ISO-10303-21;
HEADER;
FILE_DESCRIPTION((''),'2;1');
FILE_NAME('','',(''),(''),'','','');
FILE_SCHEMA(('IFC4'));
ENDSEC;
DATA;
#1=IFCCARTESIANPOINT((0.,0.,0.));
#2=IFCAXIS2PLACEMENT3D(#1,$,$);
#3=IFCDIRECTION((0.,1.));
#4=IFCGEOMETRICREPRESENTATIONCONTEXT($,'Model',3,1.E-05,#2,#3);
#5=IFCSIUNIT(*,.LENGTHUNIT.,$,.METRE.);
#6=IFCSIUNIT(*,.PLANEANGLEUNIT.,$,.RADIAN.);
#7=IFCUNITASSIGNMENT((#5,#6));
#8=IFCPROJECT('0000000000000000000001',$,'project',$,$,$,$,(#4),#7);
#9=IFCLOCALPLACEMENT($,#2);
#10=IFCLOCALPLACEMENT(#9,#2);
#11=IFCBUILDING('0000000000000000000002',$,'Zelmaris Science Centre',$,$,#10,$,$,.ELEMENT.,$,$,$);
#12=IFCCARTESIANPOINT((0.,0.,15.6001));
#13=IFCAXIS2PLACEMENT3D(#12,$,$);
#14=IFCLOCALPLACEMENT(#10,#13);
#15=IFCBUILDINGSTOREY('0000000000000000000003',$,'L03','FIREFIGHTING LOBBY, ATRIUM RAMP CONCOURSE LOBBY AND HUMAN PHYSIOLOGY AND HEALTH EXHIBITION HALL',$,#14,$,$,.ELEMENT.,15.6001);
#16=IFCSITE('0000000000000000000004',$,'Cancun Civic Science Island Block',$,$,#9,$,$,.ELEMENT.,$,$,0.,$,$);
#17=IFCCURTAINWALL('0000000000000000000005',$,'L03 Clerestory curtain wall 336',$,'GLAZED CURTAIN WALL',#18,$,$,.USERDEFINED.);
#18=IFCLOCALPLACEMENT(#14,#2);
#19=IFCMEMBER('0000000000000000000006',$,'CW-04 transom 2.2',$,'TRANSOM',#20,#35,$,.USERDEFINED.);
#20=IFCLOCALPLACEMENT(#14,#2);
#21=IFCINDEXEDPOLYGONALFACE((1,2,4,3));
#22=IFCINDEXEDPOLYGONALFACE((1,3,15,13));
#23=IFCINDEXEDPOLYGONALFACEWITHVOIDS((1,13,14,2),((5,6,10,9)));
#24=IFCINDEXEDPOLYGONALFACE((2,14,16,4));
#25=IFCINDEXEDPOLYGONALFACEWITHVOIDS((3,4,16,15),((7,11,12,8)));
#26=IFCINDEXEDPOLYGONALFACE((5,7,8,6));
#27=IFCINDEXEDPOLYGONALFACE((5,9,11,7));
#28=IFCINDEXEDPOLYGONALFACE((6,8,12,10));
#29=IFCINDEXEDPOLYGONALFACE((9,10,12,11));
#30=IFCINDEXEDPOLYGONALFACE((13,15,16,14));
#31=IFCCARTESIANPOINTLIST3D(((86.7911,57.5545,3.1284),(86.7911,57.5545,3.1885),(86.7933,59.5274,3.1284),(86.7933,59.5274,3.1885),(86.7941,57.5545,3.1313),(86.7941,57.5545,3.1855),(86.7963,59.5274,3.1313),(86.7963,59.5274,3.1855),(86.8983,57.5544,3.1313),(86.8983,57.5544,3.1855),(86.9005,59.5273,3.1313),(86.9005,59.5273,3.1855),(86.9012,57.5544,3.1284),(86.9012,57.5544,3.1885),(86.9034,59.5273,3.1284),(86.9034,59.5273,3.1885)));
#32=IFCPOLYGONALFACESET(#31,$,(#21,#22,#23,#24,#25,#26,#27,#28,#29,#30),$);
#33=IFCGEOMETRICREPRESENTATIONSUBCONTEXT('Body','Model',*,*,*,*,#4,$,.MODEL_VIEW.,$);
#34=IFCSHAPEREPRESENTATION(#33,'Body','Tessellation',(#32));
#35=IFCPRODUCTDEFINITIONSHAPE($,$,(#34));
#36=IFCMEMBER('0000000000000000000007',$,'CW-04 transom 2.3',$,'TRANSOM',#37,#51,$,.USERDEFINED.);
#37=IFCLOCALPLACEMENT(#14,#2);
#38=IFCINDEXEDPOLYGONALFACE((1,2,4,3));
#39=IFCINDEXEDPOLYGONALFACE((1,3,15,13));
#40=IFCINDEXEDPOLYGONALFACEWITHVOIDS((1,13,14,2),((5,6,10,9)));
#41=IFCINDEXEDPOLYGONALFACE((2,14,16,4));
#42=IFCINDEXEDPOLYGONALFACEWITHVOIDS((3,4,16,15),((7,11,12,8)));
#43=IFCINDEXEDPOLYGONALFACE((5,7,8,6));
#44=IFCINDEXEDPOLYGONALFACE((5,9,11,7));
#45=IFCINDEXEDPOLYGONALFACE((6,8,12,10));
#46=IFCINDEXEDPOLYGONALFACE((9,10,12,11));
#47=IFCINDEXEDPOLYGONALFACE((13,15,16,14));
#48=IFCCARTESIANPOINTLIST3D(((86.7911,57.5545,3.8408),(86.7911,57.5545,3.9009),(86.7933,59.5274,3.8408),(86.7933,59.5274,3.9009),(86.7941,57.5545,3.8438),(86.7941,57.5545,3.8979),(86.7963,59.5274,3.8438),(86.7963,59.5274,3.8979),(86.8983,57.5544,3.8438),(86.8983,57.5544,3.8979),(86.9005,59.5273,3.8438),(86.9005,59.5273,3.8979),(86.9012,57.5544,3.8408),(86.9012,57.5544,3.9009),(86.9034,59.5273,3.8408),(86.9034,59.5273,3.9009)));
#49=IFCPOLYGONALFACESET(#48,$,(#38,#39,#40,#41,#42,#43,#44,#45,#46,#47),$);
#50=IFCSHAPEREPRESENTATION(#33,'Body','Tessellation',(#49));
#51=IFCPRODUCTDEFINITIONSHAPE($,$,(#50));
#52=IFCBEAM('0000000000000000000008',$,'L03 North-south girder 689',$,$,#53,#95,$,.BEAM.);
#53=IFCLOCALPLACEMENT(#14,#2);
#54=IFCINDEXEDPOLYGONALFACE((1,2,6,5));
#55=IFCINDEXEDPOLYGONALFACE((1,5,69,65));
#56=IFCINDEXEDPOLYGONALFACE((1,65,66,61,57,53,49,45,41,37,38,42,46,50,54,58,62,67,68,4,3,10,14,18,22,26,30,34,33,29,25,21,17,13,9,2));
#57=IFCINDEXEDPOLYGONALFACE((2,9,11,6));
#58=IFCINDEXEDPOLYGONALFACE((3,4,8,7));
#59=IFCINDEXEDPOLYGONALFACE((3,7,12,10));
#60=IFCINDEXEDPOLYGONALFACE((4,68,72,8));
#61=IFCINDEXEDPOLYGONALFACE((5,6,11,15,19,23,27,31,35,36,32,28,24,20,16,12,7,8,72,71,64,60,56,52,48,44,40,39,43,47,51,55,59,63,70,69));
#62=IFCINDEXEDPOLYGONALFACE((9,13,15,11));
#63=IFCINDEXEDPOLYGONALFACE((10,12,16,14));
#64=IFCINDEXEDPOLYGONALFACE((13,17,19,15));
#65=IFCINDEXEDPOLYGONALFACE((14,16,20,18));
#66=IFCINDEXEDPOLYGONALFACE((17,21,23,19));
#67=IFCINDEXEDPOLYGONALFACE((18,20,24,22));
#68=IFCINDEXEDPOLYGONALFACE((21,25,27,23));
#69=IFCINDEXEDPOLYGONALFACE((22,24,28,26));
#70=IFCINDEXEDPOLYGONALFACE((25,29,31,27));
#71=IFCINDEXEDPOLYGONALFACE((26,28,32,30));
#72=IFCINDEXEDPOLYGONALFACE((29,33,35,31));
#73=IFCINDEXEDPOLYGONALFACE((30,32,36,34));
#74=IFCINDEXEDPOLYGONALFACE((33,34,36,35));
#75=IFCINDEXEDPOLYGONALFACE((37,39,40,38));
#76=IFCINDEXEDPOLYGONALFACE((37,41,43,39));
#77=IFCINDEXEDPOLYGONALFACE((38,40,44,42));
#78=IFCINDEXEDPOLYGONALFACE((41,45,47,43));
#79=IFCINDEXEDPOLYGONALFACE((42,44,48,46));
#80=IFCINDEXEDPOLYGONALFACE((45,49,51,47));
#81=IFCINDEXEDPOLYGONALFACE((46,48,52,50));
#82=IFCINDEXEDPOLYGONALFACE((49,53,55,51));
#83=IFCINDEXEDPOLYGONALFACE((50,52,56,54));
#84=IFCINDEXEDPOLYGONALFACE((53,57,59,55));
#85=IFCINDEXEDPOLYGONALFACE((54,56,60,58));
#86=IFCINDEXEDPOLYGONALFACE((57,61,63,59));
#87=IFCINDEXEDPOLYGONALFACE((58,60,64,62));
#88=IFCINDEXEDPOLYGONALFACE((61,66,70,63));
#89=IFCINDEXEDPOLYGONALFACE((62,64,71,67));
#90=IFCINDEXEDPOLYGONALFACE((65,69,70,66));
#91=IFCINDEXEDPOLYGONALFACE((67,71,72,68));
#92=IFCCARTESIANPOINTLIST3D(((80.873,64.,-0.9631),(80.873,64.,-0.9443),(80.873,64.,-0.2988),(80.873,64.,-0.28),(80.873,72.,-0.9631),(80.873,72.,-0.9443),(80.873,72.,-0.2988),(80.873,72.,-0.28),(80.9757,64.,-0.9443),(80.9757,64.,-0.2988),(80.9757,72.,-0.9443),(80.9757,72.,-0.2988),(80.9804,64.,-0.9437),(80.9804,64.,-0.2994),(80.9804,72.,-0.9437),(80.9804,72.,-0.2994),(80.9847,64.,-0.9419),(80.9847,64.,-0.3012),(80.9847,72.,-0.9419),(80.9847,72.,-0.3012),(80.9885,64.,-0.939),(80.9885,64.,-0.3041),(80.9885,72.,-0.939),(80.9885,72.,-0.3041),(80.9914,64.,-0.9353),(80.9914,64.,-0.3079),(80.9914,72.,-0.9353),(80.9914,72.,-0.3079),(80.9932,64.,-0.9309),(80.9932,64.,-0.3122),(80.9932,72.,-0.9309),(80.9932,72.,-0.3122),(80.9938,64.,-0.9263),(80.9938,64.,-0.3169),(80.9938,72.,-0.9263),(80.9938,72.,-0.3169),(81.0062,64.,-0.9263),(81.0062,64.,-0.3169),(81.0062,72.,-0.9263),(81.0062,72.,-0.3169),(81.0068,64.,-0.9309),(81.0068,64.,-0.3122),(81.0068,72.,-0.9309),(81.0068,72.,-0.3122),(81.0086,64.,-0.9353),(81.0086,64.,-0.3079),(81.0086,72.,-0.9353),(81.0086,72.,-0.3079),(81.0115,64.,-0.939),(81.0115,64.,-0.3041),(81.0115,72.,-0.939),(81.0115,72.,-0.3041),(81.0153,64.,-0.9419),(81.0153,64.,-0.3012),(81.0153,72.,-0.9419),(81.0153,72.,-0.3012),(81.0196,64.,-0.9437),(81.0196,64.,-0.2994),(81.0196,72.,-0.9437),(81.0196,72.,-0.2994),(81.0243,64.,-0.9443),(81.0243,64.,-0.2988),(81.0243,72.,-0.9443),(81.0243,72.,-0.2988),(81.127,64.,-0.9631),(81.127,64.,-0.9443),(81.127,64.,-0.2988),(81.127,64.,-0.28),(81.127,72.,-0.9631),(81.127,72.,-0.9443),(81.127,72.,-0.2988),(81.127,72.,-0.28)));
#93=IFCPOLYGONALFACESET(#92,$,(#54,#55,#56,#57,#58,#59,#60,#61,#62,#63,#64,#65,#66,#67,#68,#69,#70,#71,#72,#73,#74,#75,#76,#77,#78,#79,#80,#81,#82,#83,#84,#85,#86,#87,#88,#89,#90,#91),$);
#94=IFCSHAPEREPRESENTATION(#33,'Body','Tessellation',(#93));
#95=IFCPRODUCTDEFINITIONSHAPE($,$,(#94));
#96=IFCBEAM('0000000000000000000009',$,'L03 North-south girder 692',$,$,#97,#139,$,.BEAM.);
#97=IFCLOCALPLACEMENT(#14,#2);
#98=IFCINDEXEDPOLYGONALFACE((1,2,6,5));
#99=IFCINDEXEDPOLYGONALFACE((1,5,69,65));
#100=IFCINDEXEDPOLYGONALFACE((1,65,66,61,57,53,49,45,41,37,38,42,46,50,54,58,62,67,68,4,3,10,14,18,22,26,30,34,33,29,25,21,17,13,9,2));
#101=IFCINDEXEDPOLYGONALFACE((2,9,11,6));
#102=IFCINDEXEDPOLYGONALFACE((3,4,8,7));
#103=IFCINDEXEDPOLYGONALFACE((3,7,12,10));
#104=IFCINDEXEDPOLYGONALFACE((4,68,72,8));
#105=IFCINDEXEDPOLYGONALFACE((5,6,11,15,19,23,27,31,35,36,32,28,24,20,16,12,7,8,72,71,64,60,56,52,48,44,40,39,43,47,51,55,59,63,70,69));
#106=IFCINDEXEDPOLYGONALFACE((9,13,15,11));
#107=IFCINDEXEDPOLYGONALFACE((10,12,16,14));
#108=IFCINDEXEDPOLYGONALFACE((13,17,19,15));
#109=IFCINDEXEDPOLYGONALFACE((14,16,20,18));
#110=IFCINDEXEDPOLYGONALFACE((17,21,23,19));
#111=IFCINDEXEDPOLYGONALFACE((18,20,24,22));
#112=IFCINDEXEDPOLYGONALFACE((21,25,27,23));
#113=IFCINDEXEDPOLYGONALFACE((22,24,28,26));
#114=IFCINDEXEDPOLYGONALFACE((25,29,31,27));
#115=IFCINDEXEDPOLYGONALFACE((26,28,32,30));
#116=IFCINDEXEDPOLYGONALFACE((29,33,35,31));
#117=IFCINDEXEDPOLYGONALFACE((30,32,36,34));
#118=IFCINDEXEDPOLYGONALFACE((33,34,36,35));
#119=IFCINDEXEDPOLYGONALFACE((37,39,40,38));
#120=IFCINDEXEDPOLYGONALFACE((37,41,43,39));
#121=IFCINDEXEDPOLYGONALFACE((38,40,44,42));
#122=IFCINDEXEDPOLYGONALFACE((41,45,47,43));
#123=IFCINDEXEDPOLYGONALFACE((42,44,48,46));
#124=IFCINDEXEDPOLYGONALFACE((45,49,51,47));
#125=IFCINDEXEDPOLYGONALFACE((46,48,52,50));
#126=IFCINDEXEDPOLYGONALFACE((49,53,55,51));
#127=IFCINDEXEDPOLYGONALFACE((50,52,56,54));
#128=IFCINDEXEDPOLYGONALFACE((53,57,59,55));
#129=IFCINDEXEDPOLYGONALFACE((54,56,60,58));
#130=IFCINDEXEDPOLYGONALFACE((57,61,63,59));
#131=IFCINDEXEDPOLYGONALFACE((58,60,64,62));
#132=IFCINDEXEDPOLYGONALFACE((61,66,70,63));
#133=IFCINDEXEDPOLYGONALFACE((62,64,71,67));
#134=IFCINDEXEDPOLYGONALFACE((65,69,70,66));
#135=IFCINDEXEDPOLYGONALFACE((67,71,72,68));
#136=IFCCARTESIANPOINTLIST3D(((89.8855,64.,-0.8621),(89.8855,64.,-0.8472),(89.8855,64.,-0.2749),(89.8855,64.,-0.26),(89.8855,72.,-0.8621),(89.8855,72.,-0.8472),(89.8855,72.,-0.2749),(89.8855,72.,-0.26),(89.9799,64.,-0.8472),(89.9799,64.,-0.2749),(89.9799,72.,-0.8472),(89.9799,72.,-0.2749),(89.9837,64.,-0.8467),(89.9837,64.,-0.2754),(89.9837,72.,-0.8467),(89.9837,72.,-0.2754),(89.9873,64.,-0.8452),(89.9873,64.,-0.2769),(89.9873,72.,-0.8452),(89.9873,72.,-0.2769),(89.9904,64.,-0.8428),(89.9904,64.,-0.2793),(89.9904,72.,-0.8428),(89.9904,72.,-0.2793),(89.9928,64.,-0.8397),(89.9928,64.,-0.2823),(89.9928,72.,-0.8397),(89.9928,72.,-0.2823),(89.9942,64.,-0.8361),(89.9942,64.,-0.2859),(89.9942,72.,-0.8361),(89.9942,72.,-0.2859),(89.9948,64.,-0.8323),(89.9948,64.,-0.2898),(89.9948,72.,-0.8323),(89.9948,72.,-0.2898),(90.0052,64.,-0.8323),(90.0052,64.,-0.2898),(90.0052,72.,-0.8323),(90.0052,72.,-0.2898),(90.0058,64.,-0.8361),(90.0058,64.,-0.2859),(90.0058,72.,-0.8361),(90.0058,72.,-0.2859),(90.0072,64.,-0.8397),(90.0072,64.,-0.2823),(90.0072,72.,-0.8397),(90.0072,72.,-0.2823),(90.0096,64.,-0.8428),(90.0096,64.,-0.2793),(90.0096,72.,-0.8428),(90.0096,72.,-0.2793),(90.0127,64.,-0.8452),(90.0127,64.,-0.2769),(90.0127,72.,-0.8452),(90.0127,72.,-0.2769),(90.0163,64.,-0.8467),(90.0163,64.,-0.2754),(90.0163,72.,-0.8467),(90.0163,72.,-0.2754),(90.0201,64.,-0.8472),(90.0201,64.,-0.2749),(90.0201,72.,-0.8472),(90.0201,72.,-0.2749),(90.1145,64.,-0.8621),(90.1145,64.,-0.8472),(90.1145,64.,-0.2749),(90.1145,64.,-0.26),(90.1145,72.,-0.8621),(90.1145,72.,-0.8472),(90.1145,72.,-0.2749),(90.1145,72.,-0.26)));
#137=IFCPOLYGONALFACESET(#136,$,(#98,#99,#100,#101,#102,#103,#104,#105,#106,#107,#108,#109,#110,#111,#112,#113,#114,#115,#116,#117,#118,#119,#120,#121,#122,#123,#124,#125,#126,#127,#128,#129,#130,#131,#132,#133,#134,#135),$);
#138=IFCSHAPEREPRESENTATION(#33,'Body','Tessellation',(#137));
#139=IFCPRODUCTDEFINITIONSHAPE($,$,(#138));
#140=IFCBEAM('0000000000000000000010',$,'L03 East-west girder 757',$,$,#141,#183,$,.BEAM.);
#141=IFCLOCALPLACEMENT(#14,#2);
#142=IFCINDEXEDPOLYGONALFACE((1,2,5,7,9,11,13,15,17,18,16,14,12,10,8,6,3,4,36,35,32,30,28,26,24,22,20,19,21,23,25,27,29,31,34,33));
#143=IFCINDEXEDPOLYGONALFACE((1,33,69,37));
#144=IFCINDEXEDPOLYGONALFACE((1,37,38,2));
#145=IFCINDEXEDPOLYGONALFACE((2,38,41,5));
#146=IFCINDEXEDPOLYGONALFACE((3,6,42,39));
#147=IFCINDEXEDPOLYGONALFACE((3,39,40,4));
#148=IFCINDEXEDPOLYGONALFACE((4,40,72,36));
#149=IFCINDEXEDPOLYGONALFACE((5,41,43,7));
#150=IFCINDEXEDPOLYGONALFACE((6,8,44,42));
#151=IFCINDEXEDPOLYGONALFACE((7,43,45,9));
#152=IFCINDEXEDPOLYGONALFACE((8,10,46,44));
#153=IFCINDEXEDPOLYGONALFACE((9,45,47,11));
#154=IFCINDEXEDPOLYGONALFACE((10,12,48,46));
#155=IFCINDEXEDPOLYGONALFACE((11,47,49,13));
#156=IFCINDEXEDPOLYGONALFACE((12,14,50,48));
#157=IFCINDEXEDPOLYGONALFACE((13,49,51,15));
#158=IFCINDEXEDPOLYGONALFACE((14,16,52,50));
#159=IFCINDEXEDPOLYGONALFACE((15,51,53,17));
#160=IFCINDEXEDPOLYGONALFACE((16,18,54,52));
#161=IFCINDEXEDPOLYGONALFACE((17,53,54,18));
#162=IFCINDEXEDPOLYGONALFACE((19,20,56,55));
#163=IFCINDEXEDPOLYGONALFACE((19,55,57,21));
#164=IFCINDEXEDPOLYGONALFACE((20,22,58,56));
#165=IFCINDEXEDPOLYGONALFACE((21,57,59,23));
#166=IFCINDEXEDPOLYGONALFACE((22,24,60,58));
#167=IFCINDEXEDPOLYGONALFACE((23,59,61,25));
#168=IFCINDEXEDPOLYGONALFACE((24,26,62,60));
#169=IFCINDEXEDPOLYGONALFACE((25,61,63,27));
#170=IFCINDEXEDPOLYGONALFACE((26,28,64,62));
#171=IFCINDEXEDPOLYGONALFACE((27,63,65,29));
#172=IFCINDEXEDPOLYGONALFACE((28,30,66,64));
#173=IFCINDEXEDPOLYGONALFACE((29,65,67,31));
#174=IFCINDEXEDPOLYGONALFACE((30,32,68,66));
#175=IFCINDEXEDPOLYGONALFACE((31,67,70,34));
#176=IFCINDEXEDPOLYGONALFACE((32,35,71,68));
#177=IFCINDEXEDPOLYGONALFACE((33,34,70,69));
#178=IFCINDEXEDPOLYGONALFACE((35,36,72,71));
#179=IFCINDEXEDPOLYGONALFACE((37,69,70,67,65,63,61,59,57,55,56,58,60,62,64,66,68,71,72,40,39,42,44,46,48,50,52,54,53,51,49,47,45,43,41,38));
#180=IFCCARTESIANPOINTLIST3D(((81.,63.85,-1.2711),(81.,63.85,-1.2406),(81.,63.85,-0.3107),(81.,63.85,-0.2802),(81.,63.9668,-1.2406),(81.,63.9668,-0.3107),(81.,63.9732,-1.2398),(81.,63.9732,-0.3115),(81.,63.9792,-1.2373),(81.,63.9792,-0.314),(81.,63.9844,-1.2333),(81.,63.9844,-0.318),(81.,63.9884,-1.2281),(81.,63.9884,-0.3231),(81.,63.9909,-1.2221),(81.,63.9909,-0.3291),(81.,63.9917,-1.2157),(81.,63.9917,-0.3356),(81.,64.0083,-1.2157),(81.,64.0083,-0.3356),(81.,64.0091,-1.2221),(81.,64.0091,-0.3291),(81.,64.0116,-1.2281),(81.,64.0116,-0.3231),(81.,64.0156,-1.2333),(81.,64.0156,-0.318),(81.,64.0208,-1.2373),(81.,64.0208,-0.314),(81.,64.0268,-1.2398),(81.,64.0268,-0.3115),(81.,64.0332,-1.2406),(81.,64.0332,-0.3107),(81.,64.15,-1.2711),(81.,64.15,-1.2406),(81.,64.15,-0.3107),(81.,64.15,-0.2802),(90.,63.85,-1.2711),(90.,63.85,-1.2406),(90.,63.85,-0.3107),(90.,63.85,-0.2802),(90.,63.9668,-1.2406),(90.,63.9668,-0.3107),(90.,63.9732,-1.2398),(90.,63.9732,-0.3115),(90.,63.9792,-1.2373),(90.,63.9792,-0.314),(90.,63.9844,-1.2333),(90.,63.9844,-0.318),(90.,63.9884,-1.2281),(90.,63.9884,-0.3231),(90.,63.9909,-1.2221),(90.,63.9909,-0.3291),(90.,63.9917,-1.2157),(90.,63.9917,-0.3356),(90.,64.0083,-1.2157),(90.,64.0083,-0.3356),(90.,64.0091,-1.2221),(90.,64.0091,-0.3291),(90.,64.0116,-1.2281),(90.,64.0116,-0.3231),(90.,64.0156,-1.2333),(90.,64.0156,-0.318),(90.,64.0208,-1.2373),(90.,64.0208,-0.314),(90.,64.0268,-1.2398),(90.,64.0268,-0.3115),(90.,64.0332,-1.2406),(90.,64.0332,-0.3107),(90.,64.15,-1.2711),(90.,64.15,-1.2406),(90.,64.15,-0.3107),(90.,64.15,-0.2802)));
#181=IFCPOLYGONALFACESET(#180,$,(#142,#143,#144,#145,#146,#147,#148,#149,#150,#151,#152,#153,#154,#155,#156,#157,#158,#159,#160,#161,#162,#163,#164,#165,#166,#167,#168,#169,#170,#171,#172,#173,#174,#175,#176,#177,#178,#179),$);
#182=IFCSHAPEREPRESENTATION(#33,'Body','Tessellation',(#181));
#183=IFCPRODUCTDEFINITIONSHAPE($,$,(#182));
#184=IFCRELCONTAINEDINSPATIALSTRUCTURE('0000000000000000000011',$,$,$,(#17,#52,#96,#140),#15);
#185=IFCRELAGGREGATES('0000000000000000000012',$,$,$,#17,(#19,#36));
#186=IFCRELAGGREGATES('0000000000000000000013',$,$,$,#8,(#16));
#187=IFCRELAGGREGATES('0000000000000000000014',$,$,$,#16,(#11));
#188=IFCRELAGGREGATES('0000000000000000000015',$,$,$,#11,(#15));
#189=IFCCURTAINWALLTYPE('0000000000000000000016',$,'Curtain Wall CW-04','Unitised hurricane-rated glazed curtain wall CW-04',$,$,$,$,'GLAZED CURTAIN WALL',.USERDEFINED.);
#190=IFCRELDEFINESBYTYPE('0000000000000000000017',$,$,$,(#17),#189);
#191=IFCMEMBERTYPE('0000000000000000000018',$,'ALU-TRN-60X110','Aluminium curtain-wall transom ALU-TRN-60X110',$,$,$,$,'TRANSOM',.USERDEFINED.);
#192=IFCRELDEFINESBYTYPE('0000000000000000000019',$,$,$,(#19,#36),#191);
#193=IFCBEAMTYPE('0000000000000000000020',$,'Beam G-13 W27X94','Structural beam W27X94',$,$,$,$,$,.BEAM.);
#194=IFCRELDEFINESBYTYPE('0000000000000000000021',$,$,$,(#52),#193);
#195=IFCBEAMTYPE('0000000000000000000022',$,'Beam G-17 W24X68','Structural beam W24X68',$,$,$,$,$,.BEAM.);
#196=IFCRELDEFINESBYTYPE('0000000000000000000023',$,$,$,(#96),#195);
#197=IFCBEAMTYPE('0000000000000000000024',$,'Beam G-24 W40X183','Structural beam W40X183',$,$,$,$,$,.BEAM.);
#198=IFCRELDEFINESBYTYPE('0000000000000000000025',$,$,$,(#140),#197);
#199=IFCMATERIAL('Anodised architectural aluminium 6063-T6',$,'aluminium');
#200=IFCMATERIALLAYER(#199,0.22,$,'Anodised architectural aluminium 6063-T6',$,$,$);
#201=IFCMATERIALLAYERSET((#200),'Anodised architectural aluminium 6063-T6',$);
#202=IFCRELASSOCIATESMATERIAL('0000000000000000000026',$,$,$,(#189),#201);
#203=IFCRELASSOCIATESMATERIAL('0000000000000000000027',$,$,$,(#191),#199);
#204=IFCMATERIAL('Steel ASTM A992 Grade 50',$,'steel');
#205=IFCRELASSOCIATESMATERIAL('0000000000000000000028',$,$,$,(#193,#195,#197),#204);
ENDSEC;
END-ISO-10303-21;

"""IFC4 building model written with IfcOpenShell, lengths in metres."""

from ifc_helpers import new_model, si_unit, direction, frame, origin, origin_2d, place, context, subcontext, project, spatial, hollow_rectangle, i_section, extrude, material, layer, layer_set, material_profile, profile_set, type_object, element, aggregate, save


model = new_model("IFC4")

# Units and contexts
model_context = context("Model", 3, precision=1e-05, world=origin(), true_north=direction((0.0, 1.0)))
body_context = subcontext(model_context, "Body", "Model", "MODEL_VIEW")
ifc_project = project(units=[si_unit("LENGTHUNIT", "METRE"), si_unit("PLANEANGLEUNIT", "RADIAN")], contexts=[model_context])

# Site, building, storey
site_placement = place(None, origin())
site = spatial("IfcSite", under=ifc_project, at=site_placement, Name="Cancun Civic Science Island Block", CompositionType="ELEMENT", RefElevation=0.0)
building_placement = place(site_placement, origin())
building = spatial("IfcBuilding", under=site, at=building_placement, Name="Zelmaris Science Centre", CompositionType="ELEMENT")
storey_placement = place(building_placement, frame((0.0, 0.0, 15.6001)))
storey = spatial("IfcBuildingStorey", under=building, at=storey_placement, Name="L03", Description="FIREFIGHTING LOBBY, ATRIUM RAMP CONCOURSE LOBBY AND HUMAN PHYSIOLOGY AND HEALTH EXHIBITION HALL", CompositionType="ELEMENT", Elevation=15.6001)

# Shared definitions
ifc_material_1 = material(Name="Steel ASTM A992 Grade 50", Category="steel")

# Curtain wall, members
ifc_material_2 = material(Name="Anodised architectural aluminium 6063-T6", Category="aluminium")
ifc_layer_1 = layer(ifc_material_2, 0.22, Name="Anodised architectural aluminium 6063-T6")
ifc_layer_set_1 = layer_set([ifc_layer_1], Name="Anodised architectural aluminium 6063-T6")
curtain_wall_type = type_object("IfcCurtainWallType", Name="Curtain Wall CW-04", Description="Unitised hurricane-rated glazed curtain wall CW-04", ElementType="GLAZED CURTAIN WALL", PredefinedType="USERDEFINED", material=ifc_layer_set_1)
curtain_wall_placement = place(storey_placement, origin())
curtain_wall = element("IfcCurtainWall", 1, at=curtain_wall_placement, inside=storey, type_object=curtain_wall_type, Name="L03 Clerestory curtain wall 336", ObjectType="GLAZED CURTAIN WALL", PredefinedType="USERDEFINED")
ifc_material_profile_1 = material_profile(ifc_material_2, hollow_rectangle(XDim=0.0601, YDim=0.1101, WallThickness=0.0029, at=origin_2d()), Name="ALU-TRN-60X110")
ifc_profile_set_1 = profile_set([ifc_material_profile_1], Name="Anodised architectural aluminium 6063-T6")
member_type_1 = type_object("IfcMemberType", Name="ALU-TRN-60X110", Description="Aluminium curtain-wall transom ALU-TRN-60X110", ElementType="TRANSOM", PredefinedType="USERDEFINED", material=ifc_profile_set_1)
member_1_placement = place(storey_placement, frame((86.8484, 59.5273, 3.1584), z_axis=(-0.001114, -0.999999, 0.0), x_axis=(0.0, 0.0, 1.0)))
member_1 = element("IfcMember", 2, at=member_1_placement, type_object=member_type_1, Name="CW-04 transom 2.2", ObjectType="TRANSOM", PredefinedType="USERDEFINED", context=body_context, shape_type="SweptSolid", body=[
    extrude(hollow_rectangle(XDim=0.0601, YDim=0.1101, WallThickness=0.0029, at=origin_2d()), origin(), (0.0, 0.0, 1.0), 1.9729),
])
member_2_placement = place(storey_placement, frame((86.8484, 59.5273, 3.8708), z_axis=(-0.001114, -0.999999, 0.0), x_axis=(0.0, 0.0, 1.0)))
member_2 = element("IfcMember", 3, at=member_2_placement, type_object=member_type_1, Name="CW-04 transom 2.3", ObjectType="TRANSOM", PredefinedType="USERDEFINED", context=body_context, shape_type="SweptSolid", body=[
    extrude(hollow_rectangle(XDim=0.0601, YDim=0.1101, WallThickness=0.0029, at=origin_2d()), origin(), (0.0, 0.0, 1.0), 1.9729),
])

# Beams
ifc_material_profile_2 = material_profile(ifc_material_1, i_section(OverallWidth=0.2539, OverallDepth=0.6831, WebThickness=0.0125, FlangeThickness=0.0188, FilletRadius=0.0181, at=origin_2d()), Name="W27X94")
ifc_profile_set_2 = profile_set([ifc_material_profile_2], Name="Steel ASTM A992 Grade 50")
beam_type_1 = type_object("IfcBeamType", Name="Beam G-13 W27X94", Description="Structural beam W27X94", PredefinedType="BEAM", material=ifc_profile_set_2)
beam_1_placement = place(storey_placement, frame((81.0, 64.0, -0.6216), z_axis=(0.0, 1.0, 0.0), x_axis=(-1.0, 0.0, 0.0)))
element("IfcBeam", 4, at=beam_1_placement, inside=storey, type_object=beam_type_1, Name="L03 North-south girder 689", PredefinedType="BEAM", context=body_context, shape_type="SweptSolid", body=[
    extrude(i_section(OverallWidth=0.2539, OverallDepth=0.6831, WebThickness=0.0125, FlangeThickness=0.0188, FilletRadius=0.0181, at=origin_2d()), origin(), (0.0, 0.0, 1.0), 8.0),
])
ifc_material_profile_3 = material_profile(ifc_material_1, i_section(OverallWidth=0.229, OverallDepth=0.6021, WebThickness=0.0105, FlangeThickness=0.0149, FilletRadius=0.0149, at=origin_2d()), Name="W24X68")
ifc_profile_set_3 = profile_set([ifc_material_profile_3], Name="Steel ASTM A992 Grade 50")
beam_type_2 = type_object("IfcBeamType", Name="Beam G-17 W24X68", Description="Structural beam W24X68", PredefinedType="BEAM", material=ifc_profile_set_3)
beam_2_placement = place(storey_placement, frame((90.0, 64.0, -0.561), z_axis=(0.0, 1.0, 0.0), x_axis=(-1.0, 0.0, 0.0)))
element("IfcBeam", 5, at=beam_2_placement, inside=storey, type_object=beam_type_2, Name="L03 North-south girder 692", PredefinedType="BEAM", context=body_context, shape_type="SweptSolid", body=[
    extrude(i_section(OverallWidth=0.229, OverallDepth=0.6021, WebThickness=0.0105, FlangeThickness=0.0149, FilletRadius=0.0149, at=origin_2d()), origin(), (0.0, 0.0, 1.0), 8.0),
])
ifc_material_profile_4 = material_profile(ifc_material_1, i_section(OverallWidth=0.3, OverallDepth=0.991, WebThickness=0.0166, FlangeThickness=0.0305, FilletRadius=0.0249, at=origin_2d()), Name="W40X183")
ifc_profile_set_4 = profile_set([ifc_material_profile_4], Name="Steel ASTM A992 Grade 50")
beam_type_3 = type_object("IfcBeamType", Name="Beam G-24 W40X183", Description="Structural beam W40X183", PredefinedType="BEAM", material=ifc_profile_set_4)
beam_3_placement = place(storey_placement, frame((81.0, 64.0, -0.7756), z_axis=(1.0, 0.0, 0.0), x_axis=(0.0, 1.0, 0.0)))
element("IfcBeam", 6, at=beam_3_placement, inside=storey, type_object=beam_type_3, Name="L03 East-west girder 757", PredefinedType="BEAM", context=body_context, shape_type="SweptSolid", body=[
    extrude(i_section(OverallWidth=0.3, OverallDepth=0.991, WebThickness=0.0166, FlangeThickness=0.0305, FilletRadius=0.0249, at=origin_2d()), origin(), (0.0, 0.0, 1.0), 9.0),
])

aggregate(curtain_wall, [member_1, member_2])

save(model, "model.ifc")
